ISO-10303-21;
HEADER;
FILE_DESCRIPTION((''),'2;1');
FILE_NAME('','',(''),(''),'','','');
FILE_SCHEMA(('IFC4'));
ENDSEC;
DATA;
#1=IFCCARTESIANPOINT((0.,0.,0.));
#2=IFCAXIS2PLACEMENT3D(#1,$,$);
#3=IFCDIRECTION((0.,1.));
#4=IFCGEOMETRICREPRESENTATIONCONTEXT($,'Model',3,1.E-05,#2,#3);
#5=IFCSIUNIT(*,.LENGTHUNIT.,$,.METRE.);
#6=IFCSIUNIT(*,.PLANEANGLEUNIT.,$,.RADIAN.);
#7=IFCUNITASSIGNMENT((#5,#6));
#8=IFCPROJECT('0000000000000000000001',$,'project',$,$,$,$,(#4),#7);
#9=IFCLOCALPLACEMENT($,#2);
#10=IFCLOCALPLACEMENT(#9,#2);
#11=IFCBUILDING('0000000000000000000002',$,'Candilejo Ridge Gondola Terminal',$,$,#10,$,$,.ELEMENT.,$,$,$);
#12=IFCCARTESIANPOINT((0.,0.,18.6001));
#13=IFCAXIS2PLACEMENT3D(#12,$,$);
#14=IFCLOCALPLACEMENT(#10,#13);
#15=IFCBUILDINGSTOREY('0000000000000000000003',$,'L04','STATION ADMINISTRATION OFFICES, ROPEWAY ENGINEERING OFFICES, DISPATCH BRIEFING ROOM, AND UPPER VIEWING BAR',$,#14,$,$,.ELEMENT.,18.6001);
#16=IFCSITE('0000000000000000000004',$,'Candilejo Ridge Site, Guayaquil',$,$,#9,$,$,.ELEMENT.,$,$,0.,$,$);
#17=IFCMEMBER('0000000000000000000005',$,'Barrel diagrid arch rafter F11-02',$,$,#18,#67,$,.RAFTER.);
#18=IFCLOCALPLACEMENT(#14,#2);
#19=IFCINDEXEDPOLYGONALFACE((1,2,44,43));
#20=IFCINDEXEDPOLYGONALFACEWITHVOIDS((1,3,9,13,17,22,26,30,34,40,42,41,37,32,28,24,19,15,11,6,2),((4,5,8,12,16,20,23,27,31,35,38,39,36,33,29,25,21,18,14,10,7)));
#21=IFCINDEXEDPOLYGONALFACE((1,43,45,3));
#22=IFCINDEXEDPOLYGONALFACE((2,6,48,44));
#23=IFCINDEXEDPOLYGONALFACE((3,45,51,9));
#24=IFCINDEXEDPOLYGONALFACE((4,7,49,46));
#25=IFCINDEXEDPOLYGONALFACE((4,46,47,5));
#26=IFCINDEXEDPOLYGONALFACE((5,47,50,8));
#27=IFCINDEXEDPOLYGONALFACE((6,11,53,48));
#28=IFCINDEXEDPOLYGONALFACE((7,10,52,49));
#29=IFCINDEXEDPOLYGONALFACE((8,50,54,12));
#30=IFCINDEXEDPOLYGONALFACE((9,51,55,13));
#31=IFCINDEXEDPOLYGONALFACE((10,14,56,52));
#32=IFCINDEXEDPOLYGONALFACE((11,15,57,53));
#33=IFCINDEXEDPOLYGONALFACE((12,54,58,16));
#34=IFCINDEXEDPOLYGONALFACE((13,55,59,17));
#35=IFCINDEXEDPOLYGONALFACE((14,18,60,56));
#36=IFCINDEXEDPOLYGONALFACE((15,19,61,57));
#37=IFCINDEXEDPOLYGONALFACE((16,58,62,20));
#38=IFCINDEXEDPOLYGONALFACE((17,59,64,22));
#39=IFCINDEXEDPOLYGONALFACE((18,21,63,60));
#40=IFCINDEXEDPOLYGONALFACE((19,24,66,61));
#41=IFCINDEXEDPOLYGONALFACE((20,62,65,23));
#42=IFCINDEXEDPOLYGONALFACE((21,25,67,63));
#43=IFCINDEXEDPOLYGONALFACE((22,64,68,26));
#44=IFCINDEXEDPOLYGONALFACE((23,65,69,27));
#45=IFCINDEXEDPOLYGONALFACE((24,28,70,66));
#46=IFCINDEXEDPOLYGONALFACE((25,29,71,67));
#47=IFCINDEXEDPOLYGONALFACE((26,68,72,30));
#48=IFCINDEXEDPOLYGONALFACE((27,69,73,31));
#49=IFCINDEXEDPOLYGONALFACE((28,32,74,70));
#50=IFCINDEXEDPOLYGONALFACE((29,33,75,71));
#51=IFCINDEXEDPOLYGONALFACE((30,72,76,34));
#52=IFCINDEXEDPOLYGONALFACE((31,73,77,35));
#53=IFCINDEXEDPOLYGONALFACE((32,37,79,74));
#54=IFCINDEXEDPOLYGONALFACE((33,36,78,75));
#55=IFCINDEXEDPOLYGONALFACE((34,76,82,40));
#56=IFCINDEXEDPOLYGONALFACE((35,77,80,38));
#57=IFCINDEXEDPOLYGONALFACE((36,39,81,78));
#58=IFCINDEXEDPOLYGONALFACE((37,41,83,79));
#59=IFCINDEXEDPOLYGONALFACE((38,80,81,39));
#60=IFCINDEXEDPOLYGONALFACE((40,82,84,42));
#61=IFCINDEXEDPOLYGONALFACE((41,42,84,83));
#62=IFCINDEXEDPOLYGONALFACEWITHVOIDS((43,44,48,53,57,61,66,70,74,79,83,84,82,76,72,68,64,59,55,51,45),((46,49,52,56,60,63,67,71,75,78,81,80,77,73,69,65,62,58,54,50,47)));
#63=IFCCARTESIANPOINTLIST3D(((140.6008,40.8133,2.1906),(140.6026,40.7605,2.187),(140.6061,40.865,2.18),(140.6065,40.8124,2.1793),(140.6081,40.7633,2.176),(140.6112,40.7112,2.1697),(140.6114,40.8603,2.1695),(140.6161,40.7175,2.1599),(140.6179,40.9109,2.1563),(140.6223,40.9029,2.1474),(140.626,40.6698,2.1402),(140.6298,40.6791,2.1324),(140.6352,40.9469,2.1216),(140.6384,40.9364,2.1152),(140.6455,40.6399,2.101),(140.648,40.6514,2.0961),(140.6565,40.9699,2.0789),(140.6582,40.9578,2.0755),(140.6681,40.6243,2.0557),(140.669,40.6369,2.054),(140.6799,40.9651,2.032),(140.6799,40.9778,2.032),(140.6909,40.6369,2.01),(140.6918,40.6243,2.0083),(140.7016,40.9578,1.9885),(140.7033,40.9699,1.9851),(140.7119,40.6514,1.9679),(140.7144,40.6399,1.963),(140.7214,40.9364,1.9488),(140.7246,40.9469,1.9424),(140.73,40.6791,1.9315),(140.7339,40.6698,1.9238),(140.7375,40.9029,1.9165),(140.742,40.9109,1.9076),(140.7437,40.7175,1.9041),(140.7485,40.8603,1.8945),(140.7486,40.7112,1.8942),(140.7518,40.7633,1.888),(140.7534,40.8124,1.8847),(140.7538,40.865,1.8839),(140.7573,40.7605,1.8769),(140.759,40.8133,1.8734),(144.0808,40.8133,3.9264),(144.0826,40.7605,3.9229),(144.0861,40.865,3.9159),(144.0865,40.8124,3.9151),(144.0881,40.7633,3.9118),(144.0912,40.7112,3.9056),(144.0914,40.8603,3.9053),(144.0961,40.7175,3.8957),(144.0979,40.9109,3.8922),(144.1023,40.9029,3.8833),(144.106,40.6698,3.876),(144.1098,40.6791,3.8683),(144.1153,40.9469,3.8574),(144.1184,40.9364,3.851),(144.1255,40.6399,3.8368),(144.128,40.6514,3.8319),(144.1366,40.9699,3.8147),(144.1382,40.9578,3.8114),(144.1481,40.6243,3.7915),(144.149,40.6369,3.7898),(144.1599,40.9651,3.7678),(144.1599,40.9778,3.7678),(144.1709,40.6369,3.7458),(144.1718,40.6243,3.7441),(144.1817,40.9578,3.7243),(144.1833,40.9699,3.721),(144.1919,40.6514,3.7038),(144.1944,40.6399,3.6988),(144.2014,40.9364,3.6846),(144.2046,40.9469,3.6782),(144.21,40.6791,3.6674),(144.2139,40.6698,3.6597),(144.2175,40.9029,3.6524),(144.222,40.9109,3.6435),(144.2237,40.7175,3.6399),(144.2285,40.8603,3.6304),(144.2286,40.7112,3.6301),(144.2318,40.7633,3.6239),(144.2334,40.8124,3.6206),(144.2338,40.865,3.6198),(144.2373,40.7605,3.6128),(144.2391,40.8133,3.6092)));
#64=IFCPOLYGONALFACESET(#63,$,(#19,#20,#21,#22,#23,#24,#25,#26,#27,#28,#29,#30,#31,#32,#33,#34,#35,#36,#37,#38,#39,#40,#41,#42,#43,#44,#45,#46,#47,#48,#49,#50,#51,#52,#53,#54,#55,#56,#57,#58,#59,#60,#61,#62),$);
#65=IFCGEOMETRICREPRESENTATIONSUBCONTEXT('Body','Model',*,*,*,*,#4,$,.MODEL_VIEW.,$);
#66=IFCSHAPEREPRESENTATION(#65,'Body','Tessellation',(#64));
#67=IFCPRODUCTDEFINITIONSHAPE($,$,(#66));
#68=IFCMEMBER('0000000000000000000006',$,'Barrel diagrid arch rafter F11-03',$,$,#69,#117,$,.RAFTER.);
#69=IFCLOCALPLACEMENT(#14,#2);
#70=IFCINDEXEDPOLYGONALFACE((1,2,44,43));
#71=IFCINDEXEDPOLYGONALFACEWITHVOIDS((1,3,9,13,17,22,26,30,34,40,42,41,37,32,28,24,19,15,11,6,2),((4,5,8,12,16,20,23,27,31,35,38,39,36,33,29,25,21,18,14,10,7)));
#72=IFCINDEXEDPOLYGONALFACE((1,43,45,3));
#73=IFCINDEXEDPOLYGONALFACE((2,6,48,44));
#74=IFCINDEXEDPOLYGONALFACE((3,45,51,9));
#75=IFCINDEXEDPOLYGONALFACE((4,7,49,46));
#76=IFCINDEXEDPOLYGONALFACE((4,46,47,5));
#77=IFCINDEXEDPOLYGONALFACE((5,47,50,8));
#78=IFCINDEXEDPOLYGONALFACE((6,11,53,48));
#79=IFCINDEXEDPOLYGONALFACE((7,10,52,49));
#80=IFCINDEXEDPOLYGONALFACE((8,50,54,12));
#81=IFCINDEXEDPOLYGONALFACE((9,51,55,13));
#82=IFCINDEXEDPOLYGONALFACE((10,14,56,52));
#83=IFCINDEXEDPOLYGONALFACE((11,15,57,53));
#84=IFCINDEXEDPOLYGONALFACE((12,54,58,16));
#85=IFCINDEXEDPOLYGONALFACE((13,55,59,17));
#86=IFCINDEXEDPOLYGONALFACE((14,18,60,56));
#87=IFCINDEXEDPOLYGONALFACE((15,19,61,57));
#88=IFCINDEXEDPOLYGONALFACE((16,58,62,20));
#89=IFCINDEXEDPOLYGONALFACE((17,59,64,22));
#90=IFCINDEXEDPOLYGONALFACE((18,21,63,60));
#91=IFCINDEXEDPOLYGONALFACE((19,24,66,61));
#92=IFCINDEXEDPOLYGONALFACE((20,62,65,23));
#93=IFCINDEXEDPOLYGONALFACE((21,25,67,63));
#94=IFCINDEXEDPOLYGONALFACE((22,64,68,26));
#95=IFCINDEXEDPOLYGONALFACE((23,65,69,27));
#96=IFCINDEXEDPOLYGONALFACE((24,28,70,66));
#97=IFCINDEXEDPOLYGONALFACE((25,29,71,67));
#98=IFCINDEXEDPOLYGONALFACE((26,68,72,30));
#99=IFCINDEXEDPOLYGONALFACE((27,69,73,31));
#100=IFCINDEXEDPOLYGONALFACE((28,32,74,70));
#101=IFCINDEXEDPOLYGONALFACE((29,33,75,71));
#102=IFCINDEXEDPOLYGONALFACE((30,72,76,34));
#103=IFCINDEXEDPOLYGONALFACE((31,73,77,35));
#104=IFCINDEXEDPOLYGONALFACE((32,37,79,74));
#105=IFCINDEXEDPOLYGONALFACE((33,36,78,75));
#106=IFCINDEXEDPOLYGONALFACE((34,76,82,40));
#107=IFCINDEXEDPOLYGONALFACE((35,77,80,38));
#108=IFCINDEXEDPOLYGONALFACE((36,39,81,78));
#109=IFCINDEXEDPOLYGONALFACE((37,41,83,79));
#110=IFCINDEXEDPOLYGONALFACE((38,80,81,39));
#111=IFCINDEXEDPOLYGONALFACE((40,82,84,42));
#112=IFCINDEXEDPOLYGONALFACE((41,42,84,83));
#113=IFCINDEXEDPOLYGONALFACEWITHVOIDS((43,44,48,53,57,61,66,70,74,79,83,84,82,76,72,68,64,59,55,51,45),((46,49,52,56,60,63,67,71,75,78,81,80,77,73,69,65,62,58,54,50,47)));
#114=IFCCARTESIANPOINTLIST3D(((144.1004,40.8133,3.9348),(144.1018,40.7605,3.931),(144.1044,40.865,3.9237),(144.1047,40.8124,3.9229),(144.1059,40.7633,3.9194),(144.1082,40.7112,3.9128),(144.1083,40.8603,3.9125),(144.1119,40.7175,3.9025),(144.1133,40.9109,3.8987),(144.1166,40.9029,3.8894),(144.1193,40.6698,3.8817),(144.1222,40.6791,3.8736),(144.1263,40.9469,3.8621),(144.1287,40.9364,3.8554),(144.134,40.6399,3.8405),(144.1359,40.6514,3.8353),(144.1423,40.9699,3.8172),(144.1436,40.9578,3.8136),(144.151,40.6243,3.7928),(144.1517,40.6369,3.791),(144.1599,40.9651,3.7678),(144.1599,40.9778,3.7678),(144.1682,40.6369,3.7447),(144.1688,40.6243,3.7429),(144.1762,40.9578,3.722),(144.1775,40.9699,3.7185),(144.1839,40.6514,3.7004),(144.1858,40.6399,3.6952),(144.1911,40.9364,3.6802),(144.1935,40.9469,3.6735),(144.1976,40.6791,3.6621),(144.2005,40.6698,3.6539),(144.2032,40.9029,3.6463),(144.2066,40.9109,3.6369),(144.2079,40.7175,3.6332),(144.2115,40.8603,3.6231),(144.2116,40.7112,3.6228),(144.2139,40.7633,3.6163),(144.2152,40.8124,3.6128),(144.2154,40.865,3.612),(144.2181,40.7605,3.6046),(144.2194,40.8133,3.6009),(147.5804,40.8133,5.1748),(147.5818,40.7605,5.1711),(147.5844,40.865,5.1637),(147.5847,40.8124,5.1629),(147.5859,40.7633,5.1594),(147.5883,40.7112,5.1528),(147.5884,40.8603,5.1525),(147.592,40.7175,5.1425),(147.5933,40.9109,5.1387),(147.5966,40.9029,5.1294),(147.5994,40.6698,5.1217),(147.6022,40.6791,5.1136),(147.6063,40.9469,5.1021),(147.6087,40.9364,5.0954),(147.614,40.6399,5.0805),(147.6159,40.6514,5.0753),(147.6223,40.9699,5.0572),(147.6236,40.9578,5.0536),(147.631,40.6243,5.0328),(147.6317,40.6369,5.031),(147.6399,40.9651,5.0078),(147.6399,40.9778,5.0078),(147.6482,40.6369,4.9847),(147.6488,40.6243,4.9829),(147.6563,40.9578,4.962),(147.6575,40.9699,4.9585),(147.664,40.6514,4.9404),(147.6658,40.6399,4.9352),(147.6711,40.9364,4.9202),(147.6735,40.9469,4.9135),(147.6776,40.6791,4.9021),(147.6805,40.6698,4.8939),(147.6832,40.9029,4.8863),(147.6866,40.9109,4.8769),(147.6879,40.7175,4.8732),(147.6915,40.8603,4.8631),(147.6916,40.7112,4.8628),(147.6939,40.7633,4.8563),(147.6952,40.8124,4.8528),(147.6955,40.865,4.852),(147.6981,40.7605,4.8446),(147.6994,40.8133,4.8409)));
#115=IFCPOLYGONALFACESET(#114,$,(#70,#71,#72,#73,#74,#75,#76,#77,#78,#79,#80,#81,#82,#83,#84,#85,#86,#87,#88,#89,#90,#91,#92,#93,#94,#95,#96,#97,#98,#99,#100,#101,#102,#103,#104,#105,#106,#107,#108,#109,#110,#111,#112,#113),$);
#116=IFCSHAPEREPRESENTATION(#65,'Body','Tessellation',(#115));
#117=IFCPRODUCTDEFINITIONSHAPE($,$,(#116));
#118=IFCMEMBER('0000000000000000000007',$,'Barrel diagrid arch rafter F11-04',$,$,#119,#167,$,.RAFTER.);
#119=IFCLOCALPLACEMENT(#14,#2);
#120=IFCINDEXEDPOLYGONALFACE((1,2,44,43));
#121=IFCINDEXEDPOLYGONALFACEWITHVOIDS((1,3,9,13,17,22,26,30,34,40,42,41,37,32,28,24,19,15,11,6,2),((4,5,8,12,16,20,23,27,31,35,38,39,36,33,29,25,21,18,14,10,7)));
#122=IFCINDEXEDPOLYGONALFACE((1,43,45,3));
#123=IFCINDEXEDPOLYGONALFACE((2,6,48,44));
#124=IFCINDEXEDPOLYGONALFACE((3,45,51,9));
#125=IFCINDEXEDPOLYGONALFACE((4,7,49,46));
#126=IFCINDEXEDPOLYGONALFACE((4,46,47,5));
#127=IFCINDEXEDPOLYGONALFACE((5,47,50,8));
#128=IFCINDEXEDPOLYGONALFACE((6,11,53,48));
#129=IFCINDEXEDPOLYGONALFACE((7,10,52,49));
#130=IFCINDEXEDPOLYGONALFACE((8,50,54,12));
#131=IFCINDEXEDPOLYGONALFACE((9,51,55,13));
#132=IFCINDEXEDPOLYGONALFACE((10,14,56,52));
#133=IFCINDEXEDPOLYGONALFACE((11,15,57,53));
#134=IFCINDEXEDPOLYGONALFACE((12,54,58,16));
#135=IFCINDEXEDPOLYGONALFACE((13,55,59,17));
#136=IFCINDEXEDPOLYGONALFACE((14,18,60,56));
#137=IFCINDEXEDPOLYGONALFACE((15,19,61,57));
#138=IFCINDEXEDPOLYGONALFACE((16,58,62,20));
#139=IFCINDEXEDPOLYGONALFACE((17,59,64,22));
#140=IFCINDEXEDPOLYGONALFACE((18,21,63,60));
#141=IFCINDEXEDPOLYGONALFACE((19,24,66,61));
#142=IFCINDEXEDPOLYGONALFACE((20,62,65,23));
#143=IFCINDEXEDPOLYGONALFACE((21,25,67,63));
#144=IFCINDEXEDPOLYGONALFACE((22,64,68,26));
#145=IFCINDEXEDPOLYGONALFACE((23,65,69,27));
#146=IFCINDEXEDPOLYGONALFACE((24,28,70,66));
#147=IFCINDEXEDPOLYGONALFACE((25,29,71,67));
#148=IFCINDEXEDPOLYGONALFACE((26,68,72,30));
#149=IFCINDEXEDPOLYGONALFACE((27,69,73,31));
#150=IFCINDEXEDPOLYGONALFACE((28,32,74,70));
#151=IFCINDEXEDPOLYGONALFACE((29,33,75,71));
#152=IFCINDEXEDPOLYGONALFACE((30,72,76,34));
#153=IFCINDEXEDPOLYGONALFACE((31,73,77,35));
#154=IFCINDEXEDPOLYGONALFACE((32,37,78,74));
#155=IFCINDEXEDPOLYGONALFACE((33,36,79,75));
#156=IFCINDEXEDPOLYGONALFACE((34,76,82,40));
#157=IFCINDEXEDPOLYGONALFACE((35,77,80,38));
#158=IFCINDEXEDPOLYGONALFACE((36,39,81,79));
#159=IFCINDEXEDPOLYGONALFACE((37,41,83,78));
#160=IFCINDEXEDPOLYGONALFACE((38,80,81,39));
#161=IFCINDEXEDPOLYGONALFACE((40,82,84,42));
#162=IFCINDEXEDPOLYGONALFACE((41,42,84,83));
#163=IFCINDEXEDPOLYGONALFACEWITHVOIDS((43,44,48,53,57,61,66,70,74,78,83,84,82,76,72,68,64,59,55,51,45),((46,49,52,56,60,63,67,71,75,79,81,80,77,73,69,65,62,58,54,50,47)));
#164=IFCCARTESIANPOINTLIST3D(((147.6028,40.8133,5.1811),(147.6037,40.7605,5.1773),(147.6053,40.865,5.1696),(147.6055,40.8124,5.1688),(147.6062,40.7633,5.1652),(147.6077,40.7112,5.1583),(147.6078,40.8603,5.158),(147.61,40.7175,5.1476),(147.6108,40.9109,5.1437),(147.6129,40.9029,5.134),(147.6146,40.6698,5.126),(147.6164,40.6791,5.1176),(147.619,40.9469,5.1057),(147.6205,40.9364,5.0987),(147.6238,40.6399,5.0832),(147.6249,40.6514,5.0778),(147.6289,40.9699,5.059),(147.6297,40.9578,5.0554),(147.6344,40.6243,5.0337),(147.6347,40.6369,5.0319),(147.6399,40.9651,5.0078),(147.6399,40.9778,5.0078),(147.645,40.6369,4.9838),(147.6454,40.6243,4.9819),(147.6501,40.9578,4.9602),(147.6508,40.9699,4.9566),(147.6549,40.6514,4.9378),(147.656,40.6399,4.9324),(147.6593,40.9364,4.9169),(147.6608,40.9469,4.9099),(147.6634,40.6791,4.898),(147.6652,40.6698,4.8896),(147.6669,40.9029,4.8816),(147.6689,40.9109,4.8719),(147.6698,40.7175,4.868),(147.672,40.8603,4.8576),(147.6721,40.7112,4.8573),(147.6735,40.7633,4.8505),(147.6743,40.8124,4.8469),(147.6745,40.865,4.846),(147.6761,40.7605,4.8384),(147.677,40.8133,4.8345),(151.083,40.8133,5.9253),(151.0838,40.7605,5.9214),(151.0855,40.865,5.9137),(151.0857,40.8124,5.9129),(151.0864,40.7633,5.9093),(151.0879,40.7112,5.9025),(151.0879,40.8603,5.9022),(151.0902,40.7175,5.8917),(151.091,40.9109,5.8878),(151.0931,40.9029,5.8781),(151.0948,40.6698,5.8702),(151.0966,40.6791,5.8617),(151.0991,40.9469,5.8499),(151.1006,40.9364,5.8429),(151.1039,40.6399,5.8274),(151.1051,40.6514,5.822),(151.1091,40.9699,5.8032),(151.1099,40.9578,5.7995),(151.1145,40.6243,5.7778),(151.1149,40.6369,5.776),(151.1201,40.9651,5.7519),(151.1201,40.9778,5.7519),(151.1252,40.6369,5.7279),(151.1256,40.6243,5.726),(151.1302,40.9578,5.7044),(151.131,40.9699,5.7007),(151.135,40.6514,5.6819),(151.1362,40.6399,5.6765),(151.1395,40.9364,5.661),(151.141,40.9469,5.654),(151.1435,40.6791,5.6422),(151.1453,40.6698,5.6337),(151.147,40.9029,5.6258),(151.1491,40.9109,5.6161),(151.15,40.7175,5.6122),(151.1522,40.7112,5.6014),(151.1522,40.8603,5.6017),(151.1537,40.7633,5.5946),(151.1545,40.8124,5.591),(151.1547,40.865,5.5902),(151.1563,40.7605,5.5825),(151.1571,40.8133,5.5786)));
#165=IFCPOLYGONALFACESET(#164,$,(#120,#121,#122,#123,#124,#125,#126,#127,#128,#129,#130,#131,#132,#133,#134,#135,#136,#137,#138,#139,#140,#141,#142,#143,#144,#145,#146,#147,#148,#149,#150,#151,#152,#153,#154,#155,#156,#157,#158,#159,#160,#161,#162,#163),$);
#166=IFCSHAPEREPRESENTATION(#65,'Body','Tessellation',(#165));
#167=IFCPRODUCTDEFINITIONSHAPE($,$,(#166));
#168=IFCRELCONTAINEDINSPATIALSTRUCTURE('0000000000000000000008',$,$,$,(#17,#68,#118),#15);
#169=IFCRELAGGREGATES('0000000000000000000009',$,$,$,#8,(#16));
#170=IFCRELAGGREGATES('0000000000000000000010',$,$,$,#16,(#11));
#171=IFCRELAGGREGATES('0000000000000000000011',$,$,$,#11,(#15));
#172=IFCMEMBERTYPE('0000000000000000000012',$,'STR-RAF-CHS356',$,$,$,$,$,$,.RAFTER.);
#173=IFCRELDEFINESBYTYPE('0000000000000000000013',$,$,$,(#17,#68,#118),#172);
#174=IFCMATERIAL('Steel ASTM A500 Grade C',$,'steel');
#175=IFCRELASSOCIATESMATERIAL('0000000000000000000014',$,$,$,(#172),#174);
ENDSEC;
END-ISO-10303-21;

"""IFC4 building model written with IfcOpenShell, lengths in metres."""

from ifc_helpers import new_model, si_unit, direction, frame, origin, origin_2d, place, context, subcontext, project, spatial, hollow_circle, extrude, material, material_profile, profile_set, type_object, element, save


model = new_model("IFC4")

# Units and contexts
model_context = context("Model", 3, precision=1e-05, world=origin(), true_north=direction((0.0, 1.0)))
body_context = subcontext(model_context, "Body", "Model", "MODEL_VIEW")
ifc_project = project(units=[si_unit("LENGTHUNIT", "METRE"), si_unit("PLANEANGLEUNIT", "RADIAN")], contexts=[model_context])

# Site, building, storey
site_placement = place(None, origin())
site = spatial("IfcSite", under=ifc_project, at=site_placement, Name="Candilejo Ridge Site, Guayaquil", CompositionType="ELEMENT", RefElevation=0.0)
building_placement = place(site_placement, origin())
building = spatial("IfcBuilding", under=site, at=building_placement, Name="Candilejo Ridge Gondola Terminal", CompositionType="ELEMENT")
storey_placement = place(building_placement, frame((0.0, 0.0, 18.6001)))
storey = spatial("IfcBuildingStorey", under=building, at=storey_placement, Name="L04", Description="STATION ADMINISTRATION OFFICES, ROPEWAY ENGINEERING OFFICES, DISPATCH BRIEFING ROOM, AND UPPER VIEWING BAR", CompositionType="ELEMENT", Elevation=18.6001)

# Members
ifc_material_1 = material(Name="Steel ASTM A500 Grade C", Category="steel")
ifc_material_profile_1 = material_profile(ifc_material_1, hollow_circle(Radius=0.1777, WallThickness=0.0127, at=origin_2d()))
ifc_profile_set_1 = profile_set([ifc_material_profile_1], Name="Steel ASTM A500 Grade C")
member_type_1 = type_object("IfcMemberType", Name="STR-RAF-CHS356", PredefinedType="RAFTER", material=ifc_profile_set_1)
member_1_placement = place(storey_placement, frame((140.6799, 40.8, 2.032), z_axis=(0.894854, 0.0, 0.44636), x_axis=(0.0, 1.0, 0.0)))
element("IfcMember", 1, at=member_1_placement, inside=storey, type_object=member_type_1, Name="Barrel diagrid arch rafter F11-02", PredefinedType="RAFTER", context=body_context, shape_type="SweptSolid", body=[
    extrude(hollow_circle(Radius=0.1777, WallThickness=0.0127, at=origin_2d()), origin(), (0.0, 0.0, 1.0), 3.8889),
])
member_2_placement = place(storey_placement, frame((144.1599, 40.8, 3.7678), z_axis=(0.941987, 0.0, 0.33565), x_axis=(0.0, 1.0, 0.0)))
element("IfcMember", 2, at=member_2_placement, inside=storey, type_object=member_type_1, Name="Barrel diagrid arch rafter F11-03", PredefinedType="RAFTER", context=body_context, shape_type="SweptSolid", body=[
    extrude(hollow_circle(Radius=0.1777, WallThickness=0.0127, at=origin_2d()), origin(), (0.0, 0.0, 1.0), 3.6943),
])
member_3_placement = place(storey_placement, frame((147.6399, 40.8, 5.0078), z_axis=(0.977896, 0.0, 0.209093), x_axis=(0.0, 1.0, 0.0)))
element("IfcMember", 3, at=member_3_placement, inside=storey, type_object=member_type_1, Name="Barrel diagrid arch rafter F11-04", PredefinedType="RAFTER", context=body_context, shape_type="SweptSolid", body=[
    extrude(hollow_circle(Radius=0.1777, WallThickness=0.0127, at=origin_2d()), origin(), (0.0, 0.0, 1.0), 3.5588),
])

save(model, "model.ifc")
